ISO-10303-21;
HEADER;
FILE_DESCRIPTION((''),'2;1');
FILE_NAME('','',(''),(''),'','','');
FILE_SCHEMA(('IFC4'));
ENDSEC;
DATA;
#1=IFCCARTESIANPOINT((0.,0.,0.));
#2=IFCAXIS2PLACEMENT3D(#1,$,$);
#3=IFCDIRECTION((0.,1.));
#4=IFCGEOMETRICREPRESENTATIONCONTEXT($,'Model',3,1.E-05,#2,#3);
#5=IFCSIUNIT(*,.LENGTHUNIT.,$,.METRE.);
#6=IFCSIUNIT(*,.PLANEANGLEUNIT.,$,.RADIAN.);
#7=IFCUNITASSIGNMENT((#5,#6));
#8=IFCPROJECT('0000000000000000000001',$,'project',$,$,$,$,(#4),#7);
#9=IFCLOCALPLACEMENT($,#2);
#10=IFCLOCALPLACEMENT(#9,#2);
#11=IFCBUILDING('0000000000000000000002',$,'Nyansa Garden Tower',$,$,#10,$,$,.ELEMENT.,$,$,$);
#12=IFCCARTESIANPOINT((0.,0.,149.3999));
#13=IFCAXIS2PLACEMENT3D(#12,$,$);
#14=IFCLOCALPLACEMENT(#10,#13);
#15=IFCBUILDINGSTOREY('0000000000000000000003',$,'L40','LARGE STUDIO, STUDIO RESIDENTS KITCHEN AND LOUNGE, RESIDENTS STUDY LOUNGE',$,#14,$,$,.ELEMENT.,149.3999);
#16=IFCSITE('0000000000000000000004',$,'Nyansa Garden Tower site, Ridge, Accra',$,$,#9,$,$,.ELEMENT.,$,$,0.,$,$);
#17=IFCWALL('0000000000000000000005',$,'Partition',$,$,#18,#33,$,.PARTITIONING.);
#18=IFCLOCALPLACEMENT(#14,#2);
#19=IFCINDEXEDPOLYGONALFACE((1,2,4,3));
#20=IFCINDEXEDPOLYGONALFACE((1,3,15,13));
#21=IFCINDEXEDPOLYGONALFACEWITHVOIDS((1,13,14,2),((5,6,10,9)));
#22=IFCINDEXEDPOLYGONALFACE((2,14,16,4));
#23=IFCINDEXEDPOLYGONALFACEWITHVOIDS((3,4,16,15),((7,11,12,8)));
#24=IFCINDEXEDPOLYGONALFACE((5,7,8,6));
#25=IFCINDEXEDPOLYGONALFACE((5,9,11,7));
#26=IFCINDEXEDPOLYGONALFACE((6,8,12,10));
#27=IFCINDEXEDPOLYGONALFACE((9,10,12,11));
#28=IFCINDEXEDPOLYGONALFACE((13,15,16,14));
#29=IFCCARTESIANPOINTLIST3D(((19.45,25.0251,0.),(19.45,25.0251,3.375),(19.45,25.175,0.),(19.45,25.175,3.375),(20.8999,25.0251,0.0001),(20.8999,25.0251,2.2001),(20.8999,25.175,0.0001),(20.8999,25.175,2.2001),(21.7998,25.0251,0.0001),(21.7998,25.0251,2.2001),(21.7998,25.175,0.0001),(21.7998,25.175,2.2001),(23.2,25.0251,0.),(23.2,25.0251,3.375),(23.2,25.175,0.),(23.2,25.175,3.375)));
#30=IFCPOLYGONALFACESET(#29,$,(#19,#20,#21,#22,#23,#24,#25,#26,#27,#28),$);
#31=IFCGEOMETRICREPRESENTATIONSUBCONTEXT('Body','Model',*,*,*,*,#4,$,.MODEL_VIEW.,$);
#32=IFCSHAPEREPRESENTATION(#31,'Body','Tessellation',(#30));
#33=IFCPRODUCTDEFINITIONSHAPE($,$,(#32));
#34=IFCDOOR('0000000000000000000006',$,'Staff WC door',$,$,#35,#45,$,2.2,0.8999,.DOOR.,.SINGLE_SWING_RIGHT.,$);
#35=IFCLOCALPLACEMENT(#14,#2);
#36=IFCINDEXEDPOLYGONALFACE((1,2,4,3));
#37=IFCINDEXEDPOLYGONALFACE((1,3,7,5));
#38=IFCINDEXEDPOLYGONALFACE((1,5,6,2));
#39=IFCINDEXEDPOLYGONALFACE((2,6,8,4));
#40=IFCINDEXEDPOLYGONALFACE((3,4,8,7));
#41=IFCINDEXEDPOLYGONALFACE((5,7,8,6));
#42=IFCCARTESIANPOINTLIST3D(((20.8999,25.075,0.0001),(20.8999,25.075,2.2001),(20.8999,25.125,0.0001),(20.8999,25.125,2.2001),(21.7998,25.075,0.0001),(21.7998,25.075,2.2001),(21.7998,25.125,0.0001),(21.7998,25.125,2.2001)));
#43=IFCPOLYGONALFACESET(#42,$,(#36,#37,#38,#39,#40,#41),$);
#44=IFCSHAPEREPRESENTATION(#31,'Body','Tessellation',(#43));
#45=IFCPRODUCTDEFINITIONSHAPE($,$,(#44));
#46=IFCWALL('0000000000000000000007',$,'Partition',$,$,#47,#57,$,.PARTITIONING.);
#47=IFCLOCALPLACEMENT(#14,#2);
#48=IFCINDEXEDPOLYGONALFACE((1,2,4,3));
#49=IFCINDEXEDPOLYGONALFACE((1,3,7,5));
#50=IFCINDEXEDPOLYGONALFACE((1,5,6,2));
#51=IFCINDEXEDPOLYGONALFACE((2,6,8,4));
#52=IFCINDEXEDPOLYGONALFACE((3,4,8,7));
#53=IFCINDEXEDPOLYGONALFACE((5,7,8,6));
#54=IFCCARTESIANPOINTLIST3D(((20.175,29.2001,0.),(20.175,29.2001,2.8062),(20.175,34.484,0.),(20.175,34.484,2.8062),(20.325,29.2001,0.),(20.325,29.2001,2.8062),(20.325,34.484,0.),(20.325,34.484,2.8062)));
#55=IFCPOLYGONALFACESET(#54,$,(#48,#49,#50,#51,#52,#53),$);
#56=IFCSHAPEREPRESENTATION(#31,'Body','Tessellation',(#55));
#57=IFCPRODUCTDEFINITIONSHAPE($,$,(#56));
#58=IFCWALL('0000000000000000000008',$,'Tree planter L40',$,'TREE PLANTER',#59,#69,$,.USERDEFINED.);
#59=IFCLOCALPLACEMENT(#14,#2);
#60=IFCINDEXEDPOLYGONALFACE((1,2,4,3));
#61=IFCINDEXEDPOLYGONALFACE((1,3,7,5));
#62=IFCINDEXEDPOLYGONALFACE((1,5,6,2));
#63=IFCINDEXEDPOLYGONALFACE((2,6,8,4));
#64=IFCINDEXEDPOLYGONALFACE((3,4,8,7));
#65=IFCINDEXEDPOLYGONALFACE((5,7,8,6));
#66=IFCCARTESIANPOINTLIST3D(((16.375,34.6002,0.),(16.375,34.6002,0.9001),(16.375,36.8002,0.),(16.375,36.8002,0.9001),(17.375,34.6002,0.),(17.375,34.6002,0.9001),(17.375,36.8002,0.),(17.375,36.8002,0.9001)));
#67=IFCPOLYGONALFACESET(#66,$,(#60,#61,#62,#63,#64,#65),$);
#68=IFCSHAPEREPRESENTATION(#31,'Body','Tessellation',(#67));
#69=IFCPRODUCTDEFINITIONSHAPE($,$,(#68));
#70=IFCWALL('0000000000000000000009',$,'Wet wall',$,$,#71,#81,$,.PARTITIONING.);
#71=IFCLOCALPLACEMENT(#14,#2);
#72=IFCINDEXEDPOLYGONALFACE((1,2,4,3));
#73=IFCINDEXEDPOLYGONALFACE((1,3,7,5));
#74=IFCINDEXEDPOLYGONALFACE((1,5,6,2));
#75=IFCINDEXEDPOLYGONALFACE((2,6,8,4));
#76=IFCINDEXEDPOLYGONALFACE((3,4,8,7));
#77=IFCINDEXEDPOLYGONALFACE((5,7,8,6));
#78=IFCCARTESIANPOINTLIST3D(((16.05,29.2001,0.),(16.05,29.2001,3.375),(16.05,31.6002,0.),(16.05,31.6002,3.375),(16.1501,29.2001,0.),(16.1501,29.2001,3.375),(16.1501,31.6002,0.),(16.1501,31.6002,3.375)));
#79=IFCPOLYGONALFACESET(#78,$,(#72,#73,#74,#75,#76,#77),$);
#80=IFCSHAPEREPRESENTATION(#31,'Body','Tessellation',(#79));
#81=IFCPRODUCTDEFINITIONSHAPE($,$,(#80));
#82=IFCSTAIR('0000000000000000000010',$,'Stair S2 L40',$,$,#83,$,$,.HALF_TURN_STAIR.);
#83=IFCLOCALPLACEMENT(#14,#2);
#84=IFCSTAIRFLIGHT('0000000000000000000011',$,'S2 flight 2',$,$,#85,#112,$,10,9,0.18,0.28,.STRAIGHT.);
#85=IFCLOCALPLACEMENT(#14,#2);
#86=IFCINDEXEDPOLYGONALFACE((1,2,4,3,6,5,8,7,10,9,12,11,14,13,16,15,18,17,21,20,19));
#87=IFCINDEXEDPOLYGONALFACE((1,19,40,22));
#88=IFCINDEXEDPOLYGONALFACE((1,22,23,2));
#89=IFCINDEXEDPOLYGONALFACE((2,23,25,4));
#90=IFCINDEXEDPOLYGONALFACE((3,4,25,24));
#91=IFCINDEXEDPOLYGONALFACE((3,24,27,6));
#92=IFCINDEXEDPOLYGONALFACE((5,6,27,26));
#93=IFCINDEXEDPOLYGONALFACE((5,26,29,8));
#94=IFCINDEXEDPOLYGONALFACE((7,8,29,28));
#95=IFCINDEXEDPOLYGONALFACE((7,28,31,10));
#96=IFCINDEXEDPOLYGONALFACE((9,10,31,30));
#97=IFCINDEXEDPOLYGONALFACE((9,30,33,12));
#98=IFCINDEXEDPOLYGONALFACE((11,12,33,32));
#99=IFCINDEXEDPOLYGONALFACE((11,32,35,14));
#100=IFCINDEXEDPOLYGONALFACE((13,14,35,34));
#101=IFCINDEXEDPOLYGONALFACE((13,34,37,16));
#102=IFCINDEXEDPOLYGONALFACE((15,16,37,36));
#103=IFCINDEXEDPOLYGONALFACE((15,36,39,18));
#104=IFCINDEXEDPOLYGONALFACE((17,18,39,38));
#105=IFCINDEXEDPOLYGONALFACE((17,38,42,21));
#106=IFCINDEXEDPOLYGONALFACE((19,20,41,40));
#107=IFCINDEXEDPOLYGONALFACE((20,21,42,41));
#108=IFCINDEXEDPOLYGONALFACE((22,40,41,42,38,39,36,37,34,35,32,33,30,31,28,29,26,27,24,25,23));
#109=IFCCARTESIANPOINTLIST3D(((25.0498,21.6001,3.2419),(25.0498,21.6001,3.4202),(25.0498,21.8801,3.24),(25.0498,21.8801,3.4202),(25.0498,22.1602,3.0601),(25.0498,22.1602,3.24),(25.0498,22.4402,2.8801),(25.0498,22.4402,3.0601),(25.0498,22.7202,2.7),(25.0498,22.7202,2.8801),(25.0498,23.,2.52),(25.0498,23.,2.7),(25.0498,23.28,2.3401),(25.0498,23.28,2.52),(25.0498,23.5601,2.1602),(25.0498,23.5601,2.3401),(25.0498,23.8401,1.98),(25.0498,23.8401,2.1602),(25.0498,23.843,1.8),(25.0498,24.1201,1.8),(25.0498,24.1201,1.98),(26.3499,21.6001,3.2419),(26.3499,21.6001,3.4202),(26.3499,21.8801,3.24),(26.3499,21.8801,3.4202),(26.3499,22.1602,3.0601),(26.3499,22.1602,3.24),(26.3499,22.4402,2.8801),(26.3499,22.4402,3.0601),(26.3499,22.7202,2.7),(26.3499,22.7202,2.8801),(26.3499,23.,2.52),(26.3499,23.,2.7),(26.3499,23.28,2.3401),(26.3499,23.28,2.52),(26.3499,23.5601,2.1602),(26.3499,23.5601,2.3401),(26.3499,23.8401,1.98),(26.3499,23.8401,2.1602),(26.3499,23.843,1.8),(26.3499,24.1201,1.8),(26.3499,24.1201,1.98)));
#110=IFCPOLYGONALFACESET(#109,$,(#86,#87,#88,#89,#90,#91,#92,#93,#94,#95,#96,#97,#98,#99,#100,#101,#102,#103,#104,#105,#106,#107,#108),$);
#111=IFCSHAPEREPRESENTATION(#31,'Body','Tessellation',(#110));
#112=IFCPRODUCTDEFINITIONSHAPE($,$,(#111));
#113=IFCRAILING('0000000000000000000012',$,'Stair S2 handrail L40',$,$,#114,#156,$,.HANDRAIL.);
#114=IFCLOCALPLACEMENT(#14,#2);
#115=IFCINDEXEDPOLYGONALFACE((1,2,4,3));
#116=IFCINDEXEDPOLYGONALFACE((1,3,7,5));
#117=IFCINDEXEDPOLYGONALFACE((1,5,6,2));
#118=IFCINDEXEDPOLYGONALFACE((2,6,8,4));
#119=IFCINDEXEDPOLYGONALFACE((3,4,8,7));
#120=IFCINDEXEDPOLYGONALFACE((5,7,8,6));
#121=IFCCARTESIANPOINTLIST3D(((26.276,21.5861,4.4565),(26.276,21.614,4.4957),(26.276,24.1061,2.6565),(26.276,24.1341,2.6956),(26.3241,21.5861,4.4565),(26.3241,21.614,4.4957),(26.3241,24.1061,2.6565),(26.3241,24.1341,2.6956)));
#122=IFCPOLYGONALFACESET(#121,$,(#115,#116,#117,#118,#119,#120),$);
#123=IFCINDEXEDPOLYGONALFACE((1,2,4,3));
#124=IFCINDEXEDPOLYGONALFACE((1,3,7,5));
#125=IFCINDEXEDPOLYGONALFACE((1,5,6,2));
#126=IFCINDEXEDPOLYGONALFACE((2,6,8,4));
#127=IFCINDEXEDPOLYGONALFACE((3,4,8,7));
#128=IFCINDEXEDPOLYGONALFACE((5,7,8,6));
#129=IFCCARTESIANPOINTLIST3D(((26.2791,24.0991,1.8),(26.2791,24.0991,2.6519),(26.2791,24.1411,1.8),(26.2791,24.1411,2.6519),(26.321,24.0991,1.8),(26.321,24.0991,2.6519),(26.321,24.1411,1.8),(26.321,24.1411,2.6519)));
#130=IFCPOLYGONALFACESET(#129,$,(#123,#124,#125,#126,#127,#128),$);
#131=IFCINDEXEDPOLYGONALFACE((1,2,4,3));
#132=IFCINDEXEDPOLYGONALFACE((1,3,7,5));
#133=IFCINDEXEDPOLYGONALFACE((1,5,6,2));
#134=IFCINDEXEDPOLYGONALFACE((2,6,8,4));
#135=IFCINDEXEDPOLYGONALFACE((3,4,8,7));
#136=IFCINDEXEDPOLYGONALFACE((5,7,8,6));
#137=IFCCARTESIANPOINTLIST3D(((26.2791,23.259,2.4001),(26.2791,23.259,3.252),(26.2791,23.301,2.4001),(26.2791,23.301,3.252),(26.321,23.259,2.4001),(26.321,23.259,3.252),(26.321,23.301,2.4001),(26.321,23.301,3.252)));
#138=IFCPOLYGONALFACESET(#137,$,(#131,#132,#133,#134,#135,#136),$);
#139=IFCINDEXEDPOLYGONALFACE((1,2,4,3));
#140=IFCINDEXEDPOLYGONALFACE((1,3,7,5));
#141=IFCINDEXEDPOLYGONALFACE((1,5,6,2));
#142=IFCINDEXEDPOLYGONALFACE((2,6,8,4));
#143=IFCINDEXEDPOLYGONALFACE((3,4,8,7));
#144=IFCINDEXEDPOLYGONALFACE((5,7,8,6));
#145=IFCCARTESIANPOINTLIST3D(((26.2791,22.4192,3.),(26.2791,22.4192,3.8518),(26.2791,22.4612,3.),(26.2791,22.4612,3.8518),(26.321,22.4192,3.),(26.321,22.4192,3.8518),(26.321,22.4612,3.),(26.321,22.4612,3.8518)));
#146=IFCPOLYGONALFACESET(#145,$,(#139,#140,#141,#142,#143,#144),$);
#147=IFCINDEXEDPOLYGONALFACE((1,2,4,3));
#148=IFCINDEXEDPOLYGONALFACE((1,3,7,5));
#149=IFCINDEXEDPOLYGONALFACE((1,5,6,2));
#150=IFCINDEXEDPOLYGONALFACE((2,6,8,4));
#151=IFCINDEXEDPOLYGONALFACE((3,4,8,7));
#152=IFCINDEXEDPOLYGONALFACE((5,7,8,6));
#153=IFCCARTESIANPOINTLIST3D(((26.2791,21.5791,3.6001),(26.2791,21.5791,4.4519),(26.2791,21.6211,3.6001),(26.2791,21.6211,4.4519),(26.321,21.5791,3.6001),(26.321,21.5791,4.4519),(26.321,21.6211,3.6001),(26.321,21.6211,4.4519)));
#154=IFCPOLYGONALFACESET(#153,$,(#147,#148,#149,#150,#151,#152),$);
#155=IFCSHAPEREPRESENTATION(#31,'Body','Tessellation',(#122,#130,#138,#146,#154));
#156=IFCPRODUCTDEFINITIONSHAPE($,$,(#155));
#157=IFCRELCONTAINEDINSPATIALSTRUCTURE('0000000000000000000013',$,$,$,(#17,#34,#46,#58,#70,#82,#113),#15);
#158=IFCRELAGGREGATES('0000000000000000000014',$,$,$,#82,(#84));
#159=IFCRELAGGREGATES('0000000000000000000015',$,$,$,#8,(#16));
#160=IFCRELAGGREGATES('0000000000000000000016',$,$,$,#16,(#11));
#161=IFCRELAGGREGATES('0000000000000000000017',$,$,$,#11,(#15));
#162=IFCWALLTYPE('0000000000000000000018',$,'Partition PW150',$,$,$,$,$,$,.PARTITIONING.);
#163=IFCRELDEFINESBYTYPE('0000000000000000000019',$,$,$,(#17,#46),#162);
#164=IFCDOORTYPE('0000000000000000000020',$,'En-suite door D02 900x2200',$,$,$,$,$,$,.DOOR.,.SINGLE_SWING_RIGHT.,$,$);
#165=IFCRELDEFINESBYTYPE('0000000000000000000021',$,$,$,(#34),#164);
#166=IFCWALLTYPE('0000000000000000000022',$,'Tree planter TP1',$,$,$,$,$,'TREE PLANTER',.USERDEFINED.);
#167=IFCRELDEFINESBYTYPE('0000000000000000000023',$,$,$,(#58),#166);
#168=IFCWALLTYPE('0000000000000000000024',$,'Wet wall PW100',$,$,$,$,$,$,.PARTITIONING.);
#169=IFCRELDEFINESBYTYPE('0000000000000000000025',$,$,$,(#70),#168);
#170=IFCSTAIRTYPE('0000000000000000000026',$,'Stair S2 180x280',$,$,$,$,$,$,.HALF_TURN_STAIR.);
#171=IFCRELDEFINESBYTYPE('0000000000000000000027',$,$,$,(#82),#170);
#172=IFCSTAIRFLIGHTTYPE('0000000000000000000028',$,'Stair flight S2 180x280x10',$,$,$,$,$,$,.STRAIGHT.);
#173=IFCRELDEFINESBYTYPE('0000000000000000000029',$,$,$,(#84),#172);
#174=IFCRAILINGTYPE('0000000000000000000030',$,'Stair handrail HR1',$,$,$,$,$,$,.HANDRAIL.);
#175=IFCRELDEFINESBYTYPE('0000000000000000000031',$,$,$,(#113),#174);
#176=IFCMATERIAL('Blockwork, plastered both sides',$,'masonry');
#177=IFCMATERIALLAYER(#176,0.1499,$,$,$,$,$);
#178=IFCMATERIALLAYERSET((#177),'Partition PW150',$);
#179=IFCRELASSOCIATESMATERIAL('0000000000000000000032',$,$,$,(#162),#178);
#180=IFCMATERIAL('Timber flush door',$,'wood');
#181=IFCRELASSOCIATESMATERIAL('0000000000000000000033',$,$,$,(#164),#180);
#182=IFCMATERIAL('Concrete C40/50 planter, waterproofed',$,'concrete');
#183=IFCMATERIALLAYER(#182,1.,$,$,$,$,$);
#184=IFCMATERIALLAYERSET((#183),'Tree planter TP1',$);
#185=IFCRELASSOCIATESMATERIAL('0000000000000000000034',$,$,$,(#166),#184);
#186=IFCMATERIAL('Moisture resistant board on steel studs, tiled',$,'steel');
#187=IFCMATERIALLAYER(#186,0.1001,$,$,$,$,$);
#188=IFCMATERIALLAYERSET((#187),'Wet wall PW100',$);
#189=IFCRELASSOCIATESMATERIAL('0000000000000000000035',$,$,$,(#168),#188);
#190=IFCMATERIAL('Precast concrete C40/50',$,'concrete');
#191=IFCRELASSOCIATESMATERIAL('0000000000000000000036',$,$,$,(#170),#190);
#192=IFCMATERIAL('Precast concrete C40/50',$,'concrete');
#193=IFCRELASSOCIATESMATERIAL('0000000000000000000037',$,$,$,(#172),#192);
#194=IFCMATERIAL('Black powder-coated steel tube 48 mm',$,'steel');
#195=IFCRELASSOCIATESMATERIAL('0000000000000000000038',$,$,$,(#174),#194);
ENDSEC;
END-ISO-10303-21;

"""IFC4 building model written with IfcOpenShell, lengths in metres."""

from ifc_helpers import new_model, si_unit, direction, frame, frame_2d, origin, origin_2d, place, context, subcontext, project, spatial, polyline, rectangle, outline, extrude, material, layer, layer_set, type_object, element, fill, aggregate, save


model = new_model("IFC4")

# Units and contexts
model_context = context("Model", 3, precision=1e-05, world=origin(), true_north=direction((0.0, 1.0)))
body_context = subcontext(model_context, "Body", "Model", "MODEL_VIEW")
ifc_project = project(units=[si_unit("LENGTHUNIT", "METRE"), si_unit("PLANEANGLEUNIT", "RADIAN")], contexts=[model_context])

# Site, building, storey
site_placement = place(None, origin())
site = spatial("IfcSite", under=ifc_project, at=site_placement, Name="Nyansa Garden Tower site, Ridge, Accra", CompositionType="ELEMENT", RefElevation=0.0)
building_placement = place(site_placement, origin())
building = spatial("IfcBuilding", under=site, at=building_placement, Name="Nyansa Garden Tower", CompositionType="ELEMENT")
storey_placement = place(building_placement, frame((0.0, 0.0, 149.3999)))
storey = spatial("IfcBuildingStorey", under=building, at=storey_placement, Name="L40", Description="LARGE STUDIO, STUDIO RESIDENTS KITCHEN AND LOUNGE, RESIDENTS STUDY LOUNGE", CompositionType="ELEMENT", Elevation=149.3999)

# Wall, opening, door
ifc_material_1 = material(Name="Blockwork, plastered both sides", Category="masonry")
ifc_layer_1 = layer(ifc_material_1, 0.1499)
ifc_layer_set_1 = layer_set([ifc_layer_1], Name="Partition PW150")
wall_type_1 = type_object("IfcWallType", Name="Partition PW150", PredefinedType="PARTITIONING", material=ifc_layer_set_1)
wall_1_placement = place(storey_placement, frame((19.45, 25.1001, 0.0), z_axis=(0.0, 0.0, 1.0), x_axis=(1.0, 0.0, 0.0)))
wall_1 = element("IfcWall", 1, at=wall_1_placement, inside=storey, type_object=wall_type_1, Name="Partition", PredefinedType="PARTITIONING", context=body_context, shape_type="SweptSolid", body=[
    extrude(rectangle(XDim=3.75, YDim=0.1499, at=frame_2d((1.875, 0.0))), origin(), (0.0, 0.0, 1.0), 3.375),
])
opening_placement = place(wall_1_placement, frame((1.45, 0.0, 0.0)))
opening = element("IfcOpeningElement", 2, at=opening_placement, cuts=wall_1, PredefinedType="OPENING", context=body_context, shape_type="SweptSolid", body=[
    extrude(rectangle(XDim=0.8999, YDim=2.2, at=frame_2d((0.45, 1.1001))), frame((0.0, 0.085, 0.0), z_axis=(0.0, -1.0, 0.0), x_axis=(1.0, 0.0, 0.0)), (0.0, 0.0, 1.0), 0.1699),
])
ifc_material_2 = material(Name="Timber flush door", Category="wood")
door_type = type_object("IfcDoorType", Name="En-suite door D02 900x2200", OperationType="SINGLE_SWING_RIGHT", PredefinedType="DOOR", material=ifc_material_2)
door_placement = place(opening_placement, origin())
door = element("IfcDoor", 3, at=door_placement, inside=storey, type_object=door_type, Name="Staff WC door", OperationType="SINGLE_SWING_RIGHT", OverallHeight=2.2, OverallWidth=0.8999, PredefinedType="DOOR", context=body_context, shape_type="SweptSolid", body=[
    extrude(rectangle(XDim=0.8999, YDim=2.2, at=frame_2d((0.45, 1.1001))), frame((0.0, 0.0249, 0.0), z_axis=(0.0, -1.0, 0.0), x_axis=(1.0, 0.0, 0.0)), (0.0, 0.0, 1.0), 0.05),
])
fill(opening, door)

# Walls
wall_2_placement = place(storey_placement, frame((20.25, 29.2, 0.0), z_axis=(0.0, 0.0, 1.0), x_axis=(0.0, 1.0, 0.0)))
element("IfcWall", 4, at=wall_2_placement, inside=storey, type_object=wall_type_1, Name="Partition", PredefinedType="PARTITIONING", context=body_context, shape_type="SweptSolid", body=[
    extrude(rectangle(XDim=5.2839, YDim=0.1499, at=frame_2d((2.6421, 0.0))), origin(), (0.0, 0.0, 1.0), 2.8062),
])
ifc_material_3 = material(Name="Concrete C40/50 planter, waterproofed", Category="concrete")
ifc_layer_2 = layer(ifc_material_3, 1.0)
ifc_layer_set_2 = layer_set([ifc_layer_2], Name="Tree planter TP1")
wall_type_2 = type_object("IfcWallType", Name="Tree planter TP1", ElementType="TREE PLANTER", PredefinedType="USERDEFINED", material=ifc_layer_set_2)
wall_3_placement = place(storey_placement, frame((16.875, 34.6001, 0.0), z_axis=(0.0, 0.0, 1.0), x_axis=(0.0, 1.0, 0.0)))
element("IfcWall", 5, at=wall_3_placement, inside=storey, type_object=wall_type_2, Name="Tree planter L40", ObjectType="TREE PLANTER", PredefinedType="USERDEFINED", context=body_context, shape_type="SweptSolid", body=[
    extrude(rectangle(XDim=2.2, YDim=1.0, at=frame_2d((1.1001, 0.0))), origin(), (0.0, 0.0, 1.0), 0.9001),
])
ifc_material_4 = material(Name="Moisture resistant board on steel studs, tiled", Category="steel")
ifc_layer_3 = layer(ifc_material_4, 0.1001)
ifc_layer_set_3 = layer_set([ifc_layer_3], Name="Wet wall PW100")
wall_type_3 = type_object("IfcWallType", Name="Wet wall PW100", PredefinedType="PARTITIONING", material=ifc_layer_set_3)
wall_4_placement = place(storey_placement, frame((16.1001, 29.2, 0.0), z_axis=(0.0, 0.0, 1.0), x_axis=(0.0, 1.0, 0.0)))
element("IfcWall", 6, at=wall_4_placement, inside=storey, type_object=wall_type_3, Name="Wet wall", PredefinedType="PARTITIONING", context=body_context, shape_type="SweptSolid", body=[
    extrude(rectangle(XDim=2.4001, YDim=0.1001, at=frame_2d((1.2002, 0.0))), origin(), (0.0, 0.0, 1.0), 3.375),
])

# Stair, stair flight
ifc_material_5 = material(Name="Precast concrete C40/50", Category="concrete")
stair_type = type_object("IfcStairType", Name="Stair S2 180x280", PredefinedType="HALF_TURN_STAIR", material=ifc_material_5)
stair_placement = place(storey_placement, origin())
stair = element("IfcStair", 7, at=stair_placement, inside=storey, type_object=stair_type, Name="Stair S2 L40", PredefinedType="HALF_TURN_STAIR")
ifc_material_6 = material(Name="Precast concrete C40/50", Category="concrete")
stair_flight_type = type_object("IfcStairFlightType", Name="Stair flight S2 180x280x10", PredefinedType="STRAIGHT", material=ifc_material_6)
stair_flight_placement = place(storey_placement, frame((25.7, 24.1201, 1.8), z_axis=(0.0, 0.0, 1.0), x_axis=(0.0, -1.0, 0.0)))
stair_flight = element("IfcStairFlight", 8, at=stair_flight_placement, type_object=stair_flight_type, Name="S2 flight 2", NumberOfRisers=10, NumberOfTreads=9, PredefinedType="STRAIGHT", RiserHeight=0.18, TreadLength=0.28, context=body_context, shape_type="SweptSolid", body=[
    extrude(outline(polyline([(0.0, 0.0), (0.0, 0.1799), (0.28, 0.1799), (0.28, 0.3601), (0.5601, 0.3601), (0.5601, 0.54), (0.8401, 0.54), (0.8401, 0.72), (1.1201, 0.72), (1.1201, 0.8999), (1.3999, 0.8999), (1.3999, 1.0801), (1.6799, 1.0801), (1.6799, 1.26), (1.96, 1.26), (1.96, 1.4399), (2.24, 1.4399), (2.24, 1.6201), (2.52, 1.6201), (2.52, 1.8), (2.52, 1.4419), (0.2771, 0.0), (0.0, 0.0)])), frame((0.0, 0.6499, 0.0), z_axis=(0.0, -1.0, 0.0), x_axis=(1.0, 0.0, 0.0)), (0.0, 0.0, 1.0), 1.3),
])
aggregate(stair, [stair_flight])

# Railing
ifc_material_7 = material(Name="Black powder-coated steel tube 48 mm", Category="steel")
railing_type = type_object("IfcRailingType", Name="Stair handrail HR1", PredefinedType="HANDRAIL", material=ifc_material_7)
railing_placement = place(storey_placement, frame((26.3, 24.1201, 1.8)))
element("IfcRailing", 9, at=railing_placement, inside=storey, type_object=railing_type, Name="Stair S2 handrail L40", PredefinedType="HANDRAIL", context=body_context, shape_type="SweptSolid", body=[
    extrude(rectangle(XDim=0.0481, YDim=0.0481, at=origin_2d()), frame((0.0, 0.0, 0.876), z_axis=(0.0, -0.813728, 0.581246), x_axis=(1.0, 0.0, 0.0)), (0.0, 0.0, 1.0), 3.0969),
    extrude(rectangle(XDim=0.042, YDim=0.042, at=origin_2d()), origin(), (0.0, 0.0, 1.0), 0.8518),
    extrude(rectangle(XDim=0.042, YDim=0.042, at=origin_2d()), frame((0.0, -0.8401, 0.6001)), (0.0, 0.0, 1.0), 0.8518),
    extrude(rectangle(XDim=0.042, YDim=0.042, at=origin_2d()), frame((0.0, -1.6799, 1.2)), (0.0, 0.0, 1.0), 0.8518),
    extrude(rectangle(XDim=0.042, YDim=0.042, at=origin_2d()), frame((0.0, -2.52, 1.8)), (0.0, 0.0, 1.0), 0.8518),
])

save(model, "model.ifc")
